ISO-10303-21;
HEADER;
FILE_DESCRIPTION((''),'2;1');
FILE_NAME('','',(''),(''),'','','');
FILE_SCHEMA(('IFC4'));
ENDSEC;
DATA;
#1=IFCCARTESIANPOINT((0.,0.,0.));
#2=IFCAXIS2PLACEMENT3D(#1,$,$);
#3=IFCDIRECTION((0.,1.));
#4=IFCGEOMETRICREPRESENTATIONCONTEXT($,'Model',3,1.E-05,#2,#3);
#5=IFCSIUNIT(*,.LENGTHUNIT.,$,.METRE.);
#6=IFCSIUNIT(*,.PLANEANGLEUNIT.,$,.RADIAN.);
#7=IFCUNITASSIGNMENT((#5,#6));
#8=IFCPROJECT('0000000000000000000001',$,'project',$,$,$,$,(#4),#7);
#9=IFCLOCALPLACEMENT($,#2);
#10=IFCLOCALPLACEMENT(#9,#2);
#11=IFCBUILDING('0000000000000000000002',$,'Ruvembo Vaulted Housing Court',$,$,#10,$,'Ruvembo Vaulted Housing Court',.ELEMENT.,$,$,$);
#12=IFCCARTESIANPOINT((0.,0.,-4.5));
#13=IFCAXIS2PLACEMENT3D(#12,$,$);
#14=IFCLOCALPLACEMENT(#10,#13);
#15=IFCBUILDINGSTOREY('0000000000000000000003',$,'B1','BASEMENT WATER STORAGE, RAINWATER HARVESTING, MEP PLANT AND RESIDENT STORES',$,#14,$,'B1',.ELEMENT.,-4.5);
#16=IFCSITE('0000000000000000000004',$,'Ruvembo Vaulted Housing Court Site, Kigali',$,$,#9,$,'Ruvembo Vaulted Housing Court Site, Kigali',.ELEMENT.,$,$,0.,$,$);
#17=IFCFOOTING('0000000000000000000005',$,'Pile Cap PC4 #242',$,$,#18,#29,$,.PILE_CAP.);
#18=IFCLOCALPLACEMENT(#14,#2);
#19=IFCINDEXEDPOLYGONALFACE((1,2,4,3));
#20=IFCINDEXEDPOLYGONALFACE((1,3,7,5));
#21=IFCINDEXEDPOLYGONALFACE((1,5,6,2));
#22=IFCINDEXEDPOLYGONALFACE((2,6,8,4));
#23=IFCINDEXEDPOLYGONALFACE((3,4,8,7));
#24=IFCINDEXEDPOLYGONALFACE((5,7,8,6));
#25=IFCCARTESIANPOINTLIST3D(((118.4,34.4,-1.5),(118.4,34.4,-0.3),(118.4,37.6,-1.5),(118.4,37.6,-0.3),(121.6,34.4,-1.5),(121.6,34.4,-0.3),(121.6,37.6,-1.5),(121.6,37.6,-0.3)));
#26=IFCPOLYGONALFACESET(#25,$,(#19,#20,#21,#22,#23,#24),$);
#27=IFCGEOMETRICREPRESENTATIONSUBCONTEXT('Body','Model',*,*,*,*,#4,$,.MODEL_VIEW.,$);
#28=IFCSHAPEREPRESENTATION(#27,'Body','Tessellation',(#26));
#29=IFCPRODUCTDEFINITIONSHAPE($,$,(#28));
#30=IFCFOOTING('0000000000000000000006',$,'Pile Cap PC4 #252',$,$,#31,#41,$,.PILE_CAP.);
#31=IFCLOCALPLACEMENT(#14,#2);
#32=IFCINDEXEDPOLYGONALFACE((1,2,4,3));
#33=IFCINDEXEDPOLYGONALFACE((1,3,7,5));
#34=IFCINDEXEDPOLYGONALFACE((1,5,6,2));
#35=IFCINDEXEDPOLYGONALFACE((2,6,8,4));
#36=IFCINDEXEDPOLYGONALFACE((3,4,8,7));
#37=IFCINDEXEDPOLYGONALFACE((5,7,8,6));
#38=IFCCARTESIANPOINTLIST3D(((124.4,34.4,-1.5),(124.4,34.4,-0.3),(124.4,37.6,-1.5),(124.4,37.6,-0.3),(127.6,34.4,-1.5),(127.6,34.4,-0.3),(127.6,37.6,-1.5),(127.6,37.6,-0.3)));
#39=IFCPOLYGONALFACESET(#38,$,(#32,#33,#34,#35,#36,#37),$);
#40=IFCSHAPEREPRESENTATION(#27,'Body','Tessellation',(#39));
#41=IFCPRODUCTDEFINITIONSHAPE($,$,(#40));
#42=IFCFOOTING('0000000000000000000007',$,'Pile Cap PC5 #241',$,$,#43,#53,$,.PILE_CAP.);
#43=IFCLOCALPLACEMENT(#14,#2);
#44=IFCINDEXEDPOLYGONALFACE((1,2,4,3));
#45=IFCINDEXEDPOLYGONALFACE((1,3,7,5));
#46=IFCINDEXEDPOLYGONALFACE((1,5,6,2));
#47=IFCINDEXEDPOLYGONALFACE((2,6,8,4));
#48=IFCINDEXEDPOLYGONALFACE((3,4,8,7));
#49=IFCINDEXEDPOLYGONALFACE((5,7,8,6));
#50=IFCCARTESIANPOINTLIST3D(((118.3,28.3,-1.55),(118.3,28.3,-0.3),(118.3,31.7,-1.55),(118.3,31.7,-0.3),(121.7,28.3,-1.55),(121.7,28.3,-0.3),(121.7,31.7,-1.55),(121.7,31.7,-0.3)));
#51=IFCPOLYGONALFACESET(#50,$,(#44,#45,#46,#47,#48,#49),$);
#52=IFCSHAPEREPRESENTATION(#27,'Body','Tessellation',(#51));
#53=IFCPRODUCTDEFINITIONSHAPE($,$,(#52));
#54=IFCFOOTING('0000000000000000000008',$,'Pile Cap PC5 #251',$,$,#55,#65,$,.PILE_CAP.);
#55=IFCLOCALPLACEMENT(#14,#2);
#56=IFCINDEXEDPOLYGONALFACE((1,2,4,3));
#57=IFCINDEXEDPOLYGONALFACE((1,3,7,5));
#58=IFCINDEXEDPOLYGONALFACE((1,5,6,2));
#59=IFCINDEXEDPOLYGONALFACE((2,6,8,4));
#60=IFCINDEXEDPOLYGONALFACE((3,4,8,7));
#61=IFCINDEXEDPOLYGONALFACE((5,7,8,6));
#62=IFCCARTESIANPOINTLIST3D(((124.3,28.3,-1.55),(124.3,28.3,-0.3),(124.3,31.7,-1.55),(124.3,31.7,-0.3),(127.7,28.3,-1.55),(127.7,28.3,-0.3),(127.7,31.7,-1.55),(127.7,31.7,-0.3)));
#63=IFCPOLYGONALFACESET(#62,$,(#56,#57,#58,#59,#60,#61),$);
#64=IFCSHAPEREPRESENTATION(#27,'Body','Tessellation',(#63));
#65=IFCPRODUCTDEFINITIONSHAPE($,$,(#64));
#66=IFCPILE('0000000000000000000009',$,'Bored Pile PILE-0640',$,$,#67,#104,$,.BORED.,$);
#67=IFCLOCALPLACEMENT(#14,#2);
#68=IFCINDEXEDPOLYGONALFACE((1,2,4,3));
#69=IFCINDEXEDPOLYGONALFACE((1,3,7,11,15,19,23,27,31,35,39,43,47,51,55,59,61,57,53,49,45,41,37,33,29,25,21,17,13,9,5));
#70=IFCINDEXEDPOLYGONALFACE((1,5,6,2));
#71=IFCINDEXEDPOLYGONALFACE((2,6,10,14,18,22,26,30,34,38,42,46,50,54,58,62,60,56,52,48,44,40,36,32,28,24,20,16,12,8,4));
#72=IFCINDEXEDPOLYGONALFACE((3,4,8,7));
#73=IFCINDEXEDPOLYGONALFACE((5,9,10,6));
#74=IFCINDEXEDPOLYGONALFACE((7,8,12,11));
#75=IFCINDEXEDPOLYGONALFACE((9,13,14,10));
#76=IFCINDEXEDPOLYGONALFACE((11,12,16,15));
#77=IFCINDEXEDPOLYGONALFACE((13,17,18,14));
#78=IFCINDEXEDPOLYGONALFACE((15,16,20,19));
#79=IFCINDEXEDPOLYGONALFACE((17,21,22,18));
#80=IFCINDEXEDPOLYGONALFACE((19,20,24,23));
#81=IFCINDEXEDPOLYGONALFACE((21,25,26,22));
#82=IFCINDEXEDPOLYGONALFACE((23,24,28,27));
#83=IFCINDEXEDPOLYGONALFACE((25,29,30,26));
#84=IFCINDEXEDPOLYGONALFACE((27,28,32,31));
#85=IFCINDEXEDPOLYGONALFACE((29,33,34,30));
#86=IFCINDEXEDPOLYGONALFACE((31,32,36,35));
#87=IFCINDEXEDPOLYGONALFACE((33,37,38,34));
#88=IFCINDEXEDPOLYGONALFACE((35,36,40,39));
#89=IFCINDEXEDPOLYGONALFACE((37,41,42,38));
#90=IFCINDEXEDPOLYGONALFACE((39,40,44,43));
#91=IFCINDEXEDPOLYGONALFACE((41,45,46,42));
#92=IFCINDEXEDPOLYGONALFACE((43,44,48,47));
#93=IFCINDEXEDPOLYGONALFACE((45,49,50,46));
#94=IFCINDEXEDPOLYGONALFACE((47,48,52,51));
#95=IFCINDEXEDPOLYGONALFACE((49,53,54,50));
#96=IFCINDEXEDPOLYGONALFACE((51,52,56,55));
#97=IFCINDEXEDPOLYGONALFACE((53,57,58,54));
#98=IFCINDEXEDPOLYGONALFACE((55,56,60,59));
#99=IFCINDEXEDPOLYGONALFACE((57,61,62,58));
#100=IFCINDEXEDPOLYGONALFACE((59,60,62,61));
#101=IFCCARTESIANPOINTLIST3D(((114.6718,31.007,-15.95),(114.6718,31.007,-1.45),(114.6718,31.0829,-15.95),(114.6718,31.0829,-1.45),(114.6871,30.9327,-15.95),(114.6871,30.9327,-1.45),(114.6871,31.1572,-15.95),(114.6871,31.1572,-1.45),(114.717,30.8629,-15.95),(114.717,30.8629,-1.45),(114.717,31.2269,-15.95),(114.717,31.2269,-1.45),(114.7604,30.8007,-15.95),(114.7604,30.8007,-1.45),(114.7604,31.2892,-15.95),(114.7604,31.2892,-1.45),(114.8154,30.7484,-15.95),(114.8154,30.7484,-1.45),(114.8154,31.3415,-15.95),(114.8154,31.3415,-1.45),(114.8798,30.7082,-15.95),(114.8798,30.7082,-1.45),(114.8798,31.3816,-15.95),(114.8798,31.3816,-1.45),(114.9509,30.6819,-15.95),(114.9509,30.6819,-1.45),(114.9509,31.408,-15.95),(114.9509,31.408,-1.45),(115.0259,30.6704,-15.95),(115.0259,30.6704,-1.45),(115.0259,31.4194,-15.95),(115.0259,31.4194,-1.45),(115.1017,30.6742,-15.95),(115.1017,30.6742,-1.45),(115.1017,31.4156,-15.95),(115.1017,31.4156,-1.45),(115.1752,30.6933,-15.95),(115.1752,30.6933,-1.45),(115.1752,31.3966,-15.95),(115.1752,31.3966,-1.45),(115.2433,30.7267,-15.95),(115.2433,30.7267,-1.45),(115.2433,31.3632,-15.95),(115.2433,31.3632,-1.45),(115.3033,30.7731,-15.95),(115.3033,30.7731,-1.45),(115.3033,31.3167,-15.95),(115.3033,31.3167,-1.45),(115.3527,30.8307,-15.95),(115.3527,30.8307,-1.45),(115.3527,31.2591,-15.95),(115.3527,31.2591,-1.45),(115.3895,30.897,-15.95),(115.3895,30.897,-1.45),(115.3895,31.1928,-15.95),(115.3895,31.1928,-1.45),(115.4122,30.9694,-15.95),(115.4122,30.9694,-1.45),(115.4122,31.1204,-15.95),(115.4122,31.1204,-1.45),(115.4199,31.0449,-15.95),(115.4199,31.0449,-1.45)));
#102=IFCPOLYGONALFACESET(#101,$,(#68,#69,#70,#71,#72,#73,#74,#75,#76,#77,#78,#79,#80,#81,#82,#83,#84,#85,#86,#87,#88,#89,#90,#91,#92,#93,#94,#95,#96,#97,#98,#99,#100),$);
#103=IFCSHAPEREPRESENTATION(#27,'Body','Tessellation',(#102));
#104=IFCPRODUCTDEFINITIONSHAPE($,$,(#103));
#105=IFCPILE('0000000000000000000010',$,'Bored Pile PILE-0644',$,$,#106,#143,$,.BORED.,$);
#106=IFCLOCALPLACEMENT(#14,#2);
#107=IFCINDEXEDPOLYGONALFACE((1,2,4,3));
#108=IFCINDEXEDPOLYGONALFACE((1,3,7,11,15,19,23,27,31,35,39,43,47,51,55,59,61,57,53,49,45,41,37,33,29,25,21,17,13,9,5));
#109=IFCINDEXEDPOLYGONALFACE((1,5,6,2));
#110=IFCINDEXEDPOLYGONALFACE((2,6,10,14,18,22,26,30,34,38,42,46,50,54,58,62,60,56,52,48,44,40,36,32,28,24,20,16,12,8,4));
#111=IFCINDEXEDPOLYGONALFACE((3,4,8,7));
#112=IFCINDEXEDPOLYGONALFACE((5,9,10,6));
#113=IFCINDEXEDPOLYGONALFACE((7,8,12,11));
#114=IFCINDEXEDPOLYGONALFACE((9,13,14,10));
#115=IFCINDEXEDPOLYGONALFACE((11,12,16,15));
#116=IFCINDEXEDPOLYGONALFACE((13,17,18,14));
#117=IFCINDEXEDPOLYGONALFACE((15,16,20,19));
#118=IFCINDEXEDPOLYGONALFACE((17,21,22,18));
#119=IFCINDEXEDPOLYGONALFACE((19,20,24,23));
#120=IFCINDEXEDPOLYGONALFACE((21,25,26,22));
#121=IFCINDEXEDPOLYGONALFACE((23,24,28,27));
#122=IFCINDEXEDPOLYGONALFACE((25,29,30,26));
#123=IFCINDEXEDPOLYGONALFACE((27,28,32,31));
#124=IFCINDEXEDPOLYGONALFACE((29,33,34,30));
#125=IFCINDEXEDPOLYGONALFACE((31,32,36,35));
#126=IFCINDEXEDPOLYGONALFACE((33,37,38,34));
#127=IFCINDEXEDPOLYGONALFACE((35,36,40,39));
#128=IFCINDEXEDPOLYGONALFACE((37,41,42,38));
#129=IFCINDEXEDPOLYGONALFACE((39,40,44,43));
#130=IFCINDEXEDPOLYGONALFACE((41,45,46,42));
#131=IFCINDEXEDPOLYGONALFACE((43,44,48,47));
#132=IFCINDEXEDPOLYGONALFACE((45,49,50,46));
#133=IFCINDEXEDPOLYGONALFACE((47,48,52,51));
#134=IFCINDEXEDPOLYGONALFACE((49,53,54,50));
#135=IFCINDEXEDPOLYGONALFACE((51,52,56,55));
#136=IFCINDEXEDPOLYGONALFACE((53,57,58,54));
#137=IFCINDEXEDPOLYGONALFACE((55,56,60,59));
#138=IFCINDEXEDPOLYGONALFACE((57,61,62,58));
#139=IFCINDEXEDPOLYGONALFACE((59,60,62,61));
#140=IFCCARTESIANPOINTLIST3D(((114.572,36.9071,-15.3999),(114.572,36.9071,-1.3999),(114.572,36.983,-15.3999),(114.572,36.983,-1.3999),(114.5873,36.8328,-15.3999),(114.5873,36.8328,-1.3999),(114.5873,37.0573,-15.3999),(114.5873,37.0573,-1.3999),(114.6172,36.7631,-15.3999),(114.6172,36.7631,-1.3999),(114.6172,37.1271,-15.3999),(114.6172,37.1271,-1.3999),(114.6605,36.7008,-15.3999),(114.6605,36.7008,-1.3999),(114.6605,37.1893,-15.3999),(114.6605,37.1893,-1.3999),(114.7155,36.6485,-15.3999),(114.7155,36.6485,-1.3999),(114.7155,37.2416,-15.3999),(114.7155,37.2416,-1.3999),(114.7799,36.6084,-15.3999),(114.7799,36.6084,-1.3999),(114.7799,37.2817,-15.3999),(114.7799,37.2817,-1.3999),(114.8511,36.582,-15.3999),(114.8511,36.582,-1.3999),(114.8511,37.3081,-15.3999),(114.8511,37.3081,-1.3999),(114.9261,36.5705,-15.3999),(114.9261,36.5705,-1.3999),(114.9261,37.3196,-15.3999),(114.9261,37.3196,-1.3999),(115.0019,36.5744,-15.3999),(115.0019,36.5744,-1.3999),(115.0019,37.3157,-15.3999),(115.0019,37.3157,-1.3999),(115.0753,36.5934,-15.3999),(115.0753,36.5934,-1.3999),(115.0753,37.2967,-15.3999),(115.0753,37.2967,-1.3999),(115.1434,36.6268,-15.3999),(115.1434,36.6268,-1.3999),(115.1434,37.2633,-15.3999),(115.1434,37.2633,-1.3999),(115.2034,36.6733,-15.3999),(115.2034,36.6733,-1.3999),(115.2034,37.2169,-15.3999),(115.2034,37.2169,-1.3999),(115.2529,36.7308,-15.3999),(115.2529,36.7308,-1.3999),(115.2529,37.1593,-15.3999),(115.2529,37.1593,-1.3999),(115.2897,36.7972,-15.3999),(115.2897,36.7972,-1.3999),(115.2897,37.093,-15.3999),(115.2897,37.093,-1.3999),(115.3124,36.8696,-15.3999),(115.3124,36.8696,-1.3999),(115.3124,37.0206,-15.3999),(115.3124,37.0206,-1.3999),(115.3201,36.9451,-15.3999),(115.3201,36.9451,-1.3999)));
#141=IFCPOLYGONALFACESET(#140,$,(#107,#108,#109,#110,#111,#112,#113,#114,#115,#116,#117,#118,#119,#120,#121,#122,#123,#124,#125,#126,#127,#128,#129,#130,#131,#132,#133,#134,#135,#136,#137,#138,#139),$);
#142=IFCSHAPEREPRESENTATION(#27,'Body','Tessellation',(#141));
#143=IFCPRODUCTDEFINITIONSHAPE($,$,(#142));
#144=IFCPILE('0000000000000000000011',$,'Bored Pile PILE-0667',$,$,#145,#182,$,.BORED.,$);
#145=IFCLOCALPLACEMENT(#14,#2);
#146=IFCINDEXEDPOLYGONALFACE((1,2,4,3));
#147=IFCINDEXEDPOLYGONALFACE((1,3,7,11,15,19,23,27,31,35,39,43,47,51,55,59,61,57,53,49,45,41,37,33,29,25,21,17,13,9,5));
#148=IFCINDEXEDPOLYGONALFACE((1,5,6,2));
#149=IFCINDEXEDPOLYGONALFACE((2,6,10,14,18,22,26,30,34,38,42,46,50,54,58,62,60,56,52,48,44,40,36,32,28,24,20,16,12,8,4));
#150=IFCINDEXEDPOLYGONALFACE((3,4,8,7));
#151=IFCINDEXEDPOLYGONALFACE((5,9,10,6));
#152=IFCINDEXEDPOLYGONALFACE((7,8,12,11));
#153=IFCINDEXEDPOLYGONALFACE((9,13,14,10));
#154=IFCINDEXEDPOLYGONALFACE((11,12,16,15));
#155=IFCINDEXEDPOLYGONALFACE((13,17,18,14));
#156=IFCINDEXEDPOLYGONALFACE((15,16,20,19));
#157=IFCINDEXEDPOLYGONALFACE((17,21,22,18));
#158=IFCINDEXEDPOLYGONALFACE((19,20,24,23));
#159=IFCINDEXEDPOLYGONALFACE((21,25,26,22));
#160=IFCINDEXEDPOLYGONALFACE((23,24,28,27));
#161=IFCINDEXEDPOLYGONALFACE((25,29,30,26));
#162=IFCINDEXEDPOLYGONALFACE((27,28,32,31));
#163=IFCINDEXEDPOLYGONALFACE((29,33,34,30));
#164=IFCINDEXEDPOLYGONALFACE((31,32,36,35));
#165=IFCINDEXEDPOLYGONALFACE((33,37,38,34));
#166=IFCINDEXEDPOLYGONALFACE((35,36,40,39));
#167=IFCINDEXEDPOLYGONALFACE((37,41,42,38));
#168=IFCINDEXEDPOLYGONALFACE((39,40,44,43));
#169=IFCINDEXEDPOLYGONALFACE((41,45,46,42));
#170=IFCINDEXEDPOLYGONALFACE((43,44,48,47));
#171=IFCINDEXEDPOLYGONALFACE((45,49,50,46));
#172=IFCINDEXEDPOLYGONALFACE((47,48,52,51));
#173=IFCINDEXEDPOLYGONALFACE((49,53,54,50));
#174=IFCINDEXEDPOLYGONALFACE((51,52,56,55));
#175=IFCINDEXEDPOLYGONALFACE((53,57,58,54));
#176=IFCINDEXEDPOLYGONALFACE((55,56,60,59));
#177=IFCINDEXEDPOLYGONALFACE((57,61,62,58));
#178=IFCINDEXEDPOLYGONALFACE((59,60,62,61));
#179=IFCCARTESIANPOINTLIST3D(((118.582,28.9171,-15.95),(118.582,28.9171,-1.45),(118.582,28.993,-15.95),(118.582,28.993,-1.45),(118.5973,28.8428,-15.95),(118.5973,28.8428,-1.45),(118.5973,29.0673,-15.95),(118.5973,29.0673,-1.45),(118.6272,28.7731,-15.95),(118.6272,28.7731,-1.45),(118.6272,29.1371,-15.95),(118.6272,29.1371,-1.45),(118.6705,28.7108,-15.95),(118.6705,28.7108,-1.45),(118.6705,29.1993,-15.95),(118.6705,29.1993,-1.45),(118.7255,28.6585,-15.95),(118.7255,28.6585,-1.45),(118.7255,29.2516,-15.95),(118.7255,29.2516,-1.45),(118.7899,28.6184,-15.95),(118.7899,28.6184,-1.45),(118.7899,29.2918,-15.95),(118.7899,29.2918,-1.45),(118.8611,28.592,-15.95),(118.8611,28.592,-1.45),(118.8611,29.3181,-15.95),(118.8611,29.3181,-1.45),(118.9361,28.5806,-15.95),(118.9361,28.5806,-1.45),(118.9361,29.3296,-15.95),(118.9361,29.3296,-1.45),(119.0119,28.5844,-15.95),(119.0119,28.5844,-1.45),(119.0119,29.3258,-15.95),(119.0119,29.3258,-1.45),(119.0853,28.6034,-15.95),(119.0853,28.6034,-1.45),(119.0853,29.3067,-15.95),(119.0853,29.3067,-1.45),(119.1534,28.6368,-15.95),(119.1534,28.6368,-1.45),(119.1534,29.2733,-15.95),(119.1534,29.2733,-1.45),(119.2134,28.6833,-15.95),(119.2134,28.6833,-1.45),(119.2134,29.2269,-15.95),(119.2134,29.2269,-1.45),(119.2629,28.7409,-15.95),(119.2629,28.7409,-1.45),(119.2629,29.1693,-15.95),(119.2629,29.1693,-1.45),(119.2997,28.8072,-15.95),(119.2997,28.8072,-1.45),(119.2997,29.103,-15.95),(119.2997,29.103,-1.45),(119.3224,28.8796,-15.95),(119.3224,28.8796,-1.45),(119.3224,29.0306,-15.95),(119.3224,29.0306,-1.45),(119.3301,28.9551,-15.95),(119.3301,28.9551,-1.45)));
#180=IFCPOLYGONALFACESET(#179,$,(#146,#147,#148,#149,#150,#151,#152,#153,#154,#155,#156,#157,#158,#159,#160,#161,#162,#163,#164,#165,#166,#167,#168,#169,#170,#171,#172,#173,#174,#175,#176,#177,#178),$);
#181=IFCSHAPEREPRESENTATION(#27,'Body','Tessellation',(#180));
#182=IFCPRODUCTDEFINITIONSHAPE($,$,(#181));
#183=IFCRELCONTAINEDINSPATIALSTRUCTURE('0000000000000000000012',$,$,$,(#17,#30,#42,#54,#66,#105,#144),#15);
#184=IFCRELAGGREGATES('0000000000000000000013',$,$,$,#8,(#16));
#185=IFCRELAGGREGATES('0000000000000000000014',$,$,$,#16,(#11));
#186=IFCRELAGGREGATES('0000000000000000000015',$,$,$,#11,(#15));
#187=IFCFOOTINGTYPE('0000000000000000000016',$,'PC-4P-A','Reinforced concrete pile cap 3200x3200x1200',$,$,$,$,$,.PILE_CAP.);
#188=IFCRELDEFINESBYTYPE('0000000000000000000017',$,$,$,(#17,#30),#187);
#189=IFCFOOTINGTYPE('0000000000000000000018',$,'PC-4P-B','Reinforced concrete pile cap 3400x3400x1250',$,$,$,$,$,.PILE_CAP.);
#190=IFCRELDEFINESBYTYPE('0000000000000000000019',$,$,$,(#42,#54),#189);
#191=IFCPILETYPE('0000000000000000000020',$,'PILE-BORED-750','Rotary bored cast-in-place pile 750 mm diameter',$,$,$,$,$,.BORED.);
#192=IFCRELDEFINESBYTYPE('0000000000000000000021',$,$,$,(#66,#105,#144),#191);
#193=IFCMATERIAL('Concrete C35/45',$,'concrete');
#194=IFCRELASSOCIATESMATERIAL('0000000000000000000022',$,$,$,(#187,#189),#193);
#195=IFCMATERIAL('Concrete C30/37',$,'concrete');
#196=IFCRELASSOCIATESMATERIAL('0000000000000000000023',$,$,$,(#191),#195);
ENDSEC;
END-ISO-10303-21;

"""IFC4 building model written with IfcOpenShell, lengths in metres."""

from ifc_helpers import new_model, si_unit, direction, frame, origin, origin_2d, place, context, subcontext, project, spatial, rectangle, circle, extrude, material, material_profile, profile_set, type_object, element, save


model = new_model("IFC4")

# Units and contexts
model_context = context("Model", 3, precision=1e-05, world=origin(), true_north=direction((0.0, 1.0)))
body_context = subcontext(model_context, "Body", "Model", "MODEL_VIEW")
ifc_project = project(units=[si_unit("LENGTHUNIT", "METRE"), si_unit("PLANEANGLEUNIT", "RADIAN")], contexts=[model_context])

# Site, building, storey
site_placement = place(None, origin())
site = spatial("IfcSite", under=ifc_project, at=site_placement, Name="Ruvembo Vaulted Housing Court Site, Kigali", LongName="Ruvembo Vaulted Housing Court Site, Kigali", CompositionType="ELEMENT", RefElevation=0.0)
building_placement = place(site_placement, origin())
building = spatial("IfcBuilding", under=site, at=building_placement, Name="Ruvembo Vaulted Housing Court", LongName="Ruvembo Vaulted Housing Court", CompositionType="ELEMENT")
storey_placement = place(building_placement, frame((0.0, 0.0, -4.5)))
storey = spatial("IfcBuildingStorey", under=building, at=storey_placement, Name="B1", Description="BASEMENT WATER STORAGE, RAINWATER HARVESTING, MEP PLANT AND RESIDENT STORES", LongName="B1", CompositionType="ELEMENT", Elevation=-4.5)

# Footings
ifc_material_1 = material(Name="Concrete C35/45", Category="concrete")
footing_type_1 = type_object("IfcFootingType", Name="PC-4P-A", Description="Reinforced concrete pile cap 3200x3200x1200", PredefinedType="PILE_CAP", material=ifc_material_1)
for number, where, z_axis, x_axis, name in (
    (1, (120.0, 36.0, -1.5), (0.0, 0.0, 1.0), (1.0, 0.0, 0.0), "Pile Cap PC4 #242"),
    (2, (126.0, 36.0, -1.5), (0.0, 0.0, 1.0), (1.0, 0.0, 0.0), "Pile Cap PC4 #252"),
):
    element("IfcFooting", number, at=place(storey_placement, frame(where, z_axis=z_axis, x_axis=x_axis)), inside=storey, type_object=footing_type_1, Name=name, PredefinedType="PILE_CAP", context=body_context, shape_type="SweptSolid", body=[
        extrude(rectangle(XDim=3.2, YDim=3.2, at=origin_2d()), origin(), (0.0, 0.0, 1.0), 1.2),
    ])
footing_type_2 = type_object("IfcFootingType", Name="PC-4P-B", Description="Reinforced concrete pile cap 3400x3400x1250", PredefinedType="PILE_CAP", material=ifc_material_1)
for number, where, z_axis, x_axis, name in (
    (3, (120.0, 30.0, -1.55), (0.0, 0.0, 1.0), (1.0, 0.0, 0.0), "Pile Cap PC5 #241"),
    (4, (126.0, 30.0, -1.55), (0.0, 0.0, 1.0), (1.0, 0.0, 0.0), "Pile Cap PC5 #251"),
):
    element("IfcFooting", number, at=place(storey_placement, frame(where, z_axis=z_axis, x_axis=x_axis)), inside=storey, type_object=footing_type_2, Name=name, PredefinedType="PILE_CAP", context=body_context, shape_type="SweptSolid", body=[
        extrude(rectangle(XDim=3.3999, YDim=3.3999, at=origin_2d()), origin(), (0.0, 0.0, 1.0), 1.25),
    ])

# Piles
ifc_material_2 = material(Name="Concrete C30/37", Category="concrete")
ifc_material_profile_1 = material_profile(ifc_material_2, circle(Radius=0.375, at=origin_2d()), Name="PILE D750")
ifc_profile_set_1 = profile_set([ifc_material_profile_1], Name="Concrete C30/37")
pile_type = type_object("IfcPileType", Name="PILE-BORED-750", Description="Rotary bored cast-in-place pile 750 mm diameter", PredefinedType="BORED", material=ifc_profile_set_1)
pile_1_placement = place(storey_placement, frame((115.0449, 31.0449, -1.45), z_axis=(0.0, 0.0, -1.0), x_axis=(1.0, 0.0, 0.0)))
element("IfcPile", 5, at=pile_1_placement, inside=storey, type_object=pile_type, Name="Bored Pile PILE-0640", PredefinedType="BORED", context=body_context, shape_type="SweptSolid", body=[
    extrude(circle(Radius=0.375, at=origin_2d()), origin(), (0.0, 0.0, 1.0), 14.5),
])
pile_2_placement = place(storey_placement, frame((114.9451, 36.9451, -1.3999), z_axis=(0.0, 0.0, -1.0), x_axis=(1.0, 0.0, 0.0)))
element("IfcPile", 6, at=pile_2_placement, inside=storey, type_object=pile_type, Name="Bored Pile PILE-0644", PredefinedType="BORED", context=body_context, shape_type="SweptSolid", body=[
    extrude(circle(Radius=0.375, at=origin_2d()), origin(), (0.0, 0.0, 1.0), 14.0),
])
for number, where, z_axis, x_axis, name in (
    (7, (118.9551, 28.9551, -1.45), (0.0, 0.0, -1.0), (1.0, 0.0, 0.0), "Bored Pile PILE-0667"),
):
    element("IfcPile", number, at=place(storey_placement, frame(where, z_axis=z_axis, x_axis=x_axis)), inside=storey, type_object=pile_type, Name=name, PredefinedType="BORED", context=body_context, shape_type="SweptSolid", body=[
        extrude(circle(Radius=0.375, at=origin_2d()), origin(), (0.0, 0.0, 1.0), 14.5),
    ])

save(model, "model.ifc")
